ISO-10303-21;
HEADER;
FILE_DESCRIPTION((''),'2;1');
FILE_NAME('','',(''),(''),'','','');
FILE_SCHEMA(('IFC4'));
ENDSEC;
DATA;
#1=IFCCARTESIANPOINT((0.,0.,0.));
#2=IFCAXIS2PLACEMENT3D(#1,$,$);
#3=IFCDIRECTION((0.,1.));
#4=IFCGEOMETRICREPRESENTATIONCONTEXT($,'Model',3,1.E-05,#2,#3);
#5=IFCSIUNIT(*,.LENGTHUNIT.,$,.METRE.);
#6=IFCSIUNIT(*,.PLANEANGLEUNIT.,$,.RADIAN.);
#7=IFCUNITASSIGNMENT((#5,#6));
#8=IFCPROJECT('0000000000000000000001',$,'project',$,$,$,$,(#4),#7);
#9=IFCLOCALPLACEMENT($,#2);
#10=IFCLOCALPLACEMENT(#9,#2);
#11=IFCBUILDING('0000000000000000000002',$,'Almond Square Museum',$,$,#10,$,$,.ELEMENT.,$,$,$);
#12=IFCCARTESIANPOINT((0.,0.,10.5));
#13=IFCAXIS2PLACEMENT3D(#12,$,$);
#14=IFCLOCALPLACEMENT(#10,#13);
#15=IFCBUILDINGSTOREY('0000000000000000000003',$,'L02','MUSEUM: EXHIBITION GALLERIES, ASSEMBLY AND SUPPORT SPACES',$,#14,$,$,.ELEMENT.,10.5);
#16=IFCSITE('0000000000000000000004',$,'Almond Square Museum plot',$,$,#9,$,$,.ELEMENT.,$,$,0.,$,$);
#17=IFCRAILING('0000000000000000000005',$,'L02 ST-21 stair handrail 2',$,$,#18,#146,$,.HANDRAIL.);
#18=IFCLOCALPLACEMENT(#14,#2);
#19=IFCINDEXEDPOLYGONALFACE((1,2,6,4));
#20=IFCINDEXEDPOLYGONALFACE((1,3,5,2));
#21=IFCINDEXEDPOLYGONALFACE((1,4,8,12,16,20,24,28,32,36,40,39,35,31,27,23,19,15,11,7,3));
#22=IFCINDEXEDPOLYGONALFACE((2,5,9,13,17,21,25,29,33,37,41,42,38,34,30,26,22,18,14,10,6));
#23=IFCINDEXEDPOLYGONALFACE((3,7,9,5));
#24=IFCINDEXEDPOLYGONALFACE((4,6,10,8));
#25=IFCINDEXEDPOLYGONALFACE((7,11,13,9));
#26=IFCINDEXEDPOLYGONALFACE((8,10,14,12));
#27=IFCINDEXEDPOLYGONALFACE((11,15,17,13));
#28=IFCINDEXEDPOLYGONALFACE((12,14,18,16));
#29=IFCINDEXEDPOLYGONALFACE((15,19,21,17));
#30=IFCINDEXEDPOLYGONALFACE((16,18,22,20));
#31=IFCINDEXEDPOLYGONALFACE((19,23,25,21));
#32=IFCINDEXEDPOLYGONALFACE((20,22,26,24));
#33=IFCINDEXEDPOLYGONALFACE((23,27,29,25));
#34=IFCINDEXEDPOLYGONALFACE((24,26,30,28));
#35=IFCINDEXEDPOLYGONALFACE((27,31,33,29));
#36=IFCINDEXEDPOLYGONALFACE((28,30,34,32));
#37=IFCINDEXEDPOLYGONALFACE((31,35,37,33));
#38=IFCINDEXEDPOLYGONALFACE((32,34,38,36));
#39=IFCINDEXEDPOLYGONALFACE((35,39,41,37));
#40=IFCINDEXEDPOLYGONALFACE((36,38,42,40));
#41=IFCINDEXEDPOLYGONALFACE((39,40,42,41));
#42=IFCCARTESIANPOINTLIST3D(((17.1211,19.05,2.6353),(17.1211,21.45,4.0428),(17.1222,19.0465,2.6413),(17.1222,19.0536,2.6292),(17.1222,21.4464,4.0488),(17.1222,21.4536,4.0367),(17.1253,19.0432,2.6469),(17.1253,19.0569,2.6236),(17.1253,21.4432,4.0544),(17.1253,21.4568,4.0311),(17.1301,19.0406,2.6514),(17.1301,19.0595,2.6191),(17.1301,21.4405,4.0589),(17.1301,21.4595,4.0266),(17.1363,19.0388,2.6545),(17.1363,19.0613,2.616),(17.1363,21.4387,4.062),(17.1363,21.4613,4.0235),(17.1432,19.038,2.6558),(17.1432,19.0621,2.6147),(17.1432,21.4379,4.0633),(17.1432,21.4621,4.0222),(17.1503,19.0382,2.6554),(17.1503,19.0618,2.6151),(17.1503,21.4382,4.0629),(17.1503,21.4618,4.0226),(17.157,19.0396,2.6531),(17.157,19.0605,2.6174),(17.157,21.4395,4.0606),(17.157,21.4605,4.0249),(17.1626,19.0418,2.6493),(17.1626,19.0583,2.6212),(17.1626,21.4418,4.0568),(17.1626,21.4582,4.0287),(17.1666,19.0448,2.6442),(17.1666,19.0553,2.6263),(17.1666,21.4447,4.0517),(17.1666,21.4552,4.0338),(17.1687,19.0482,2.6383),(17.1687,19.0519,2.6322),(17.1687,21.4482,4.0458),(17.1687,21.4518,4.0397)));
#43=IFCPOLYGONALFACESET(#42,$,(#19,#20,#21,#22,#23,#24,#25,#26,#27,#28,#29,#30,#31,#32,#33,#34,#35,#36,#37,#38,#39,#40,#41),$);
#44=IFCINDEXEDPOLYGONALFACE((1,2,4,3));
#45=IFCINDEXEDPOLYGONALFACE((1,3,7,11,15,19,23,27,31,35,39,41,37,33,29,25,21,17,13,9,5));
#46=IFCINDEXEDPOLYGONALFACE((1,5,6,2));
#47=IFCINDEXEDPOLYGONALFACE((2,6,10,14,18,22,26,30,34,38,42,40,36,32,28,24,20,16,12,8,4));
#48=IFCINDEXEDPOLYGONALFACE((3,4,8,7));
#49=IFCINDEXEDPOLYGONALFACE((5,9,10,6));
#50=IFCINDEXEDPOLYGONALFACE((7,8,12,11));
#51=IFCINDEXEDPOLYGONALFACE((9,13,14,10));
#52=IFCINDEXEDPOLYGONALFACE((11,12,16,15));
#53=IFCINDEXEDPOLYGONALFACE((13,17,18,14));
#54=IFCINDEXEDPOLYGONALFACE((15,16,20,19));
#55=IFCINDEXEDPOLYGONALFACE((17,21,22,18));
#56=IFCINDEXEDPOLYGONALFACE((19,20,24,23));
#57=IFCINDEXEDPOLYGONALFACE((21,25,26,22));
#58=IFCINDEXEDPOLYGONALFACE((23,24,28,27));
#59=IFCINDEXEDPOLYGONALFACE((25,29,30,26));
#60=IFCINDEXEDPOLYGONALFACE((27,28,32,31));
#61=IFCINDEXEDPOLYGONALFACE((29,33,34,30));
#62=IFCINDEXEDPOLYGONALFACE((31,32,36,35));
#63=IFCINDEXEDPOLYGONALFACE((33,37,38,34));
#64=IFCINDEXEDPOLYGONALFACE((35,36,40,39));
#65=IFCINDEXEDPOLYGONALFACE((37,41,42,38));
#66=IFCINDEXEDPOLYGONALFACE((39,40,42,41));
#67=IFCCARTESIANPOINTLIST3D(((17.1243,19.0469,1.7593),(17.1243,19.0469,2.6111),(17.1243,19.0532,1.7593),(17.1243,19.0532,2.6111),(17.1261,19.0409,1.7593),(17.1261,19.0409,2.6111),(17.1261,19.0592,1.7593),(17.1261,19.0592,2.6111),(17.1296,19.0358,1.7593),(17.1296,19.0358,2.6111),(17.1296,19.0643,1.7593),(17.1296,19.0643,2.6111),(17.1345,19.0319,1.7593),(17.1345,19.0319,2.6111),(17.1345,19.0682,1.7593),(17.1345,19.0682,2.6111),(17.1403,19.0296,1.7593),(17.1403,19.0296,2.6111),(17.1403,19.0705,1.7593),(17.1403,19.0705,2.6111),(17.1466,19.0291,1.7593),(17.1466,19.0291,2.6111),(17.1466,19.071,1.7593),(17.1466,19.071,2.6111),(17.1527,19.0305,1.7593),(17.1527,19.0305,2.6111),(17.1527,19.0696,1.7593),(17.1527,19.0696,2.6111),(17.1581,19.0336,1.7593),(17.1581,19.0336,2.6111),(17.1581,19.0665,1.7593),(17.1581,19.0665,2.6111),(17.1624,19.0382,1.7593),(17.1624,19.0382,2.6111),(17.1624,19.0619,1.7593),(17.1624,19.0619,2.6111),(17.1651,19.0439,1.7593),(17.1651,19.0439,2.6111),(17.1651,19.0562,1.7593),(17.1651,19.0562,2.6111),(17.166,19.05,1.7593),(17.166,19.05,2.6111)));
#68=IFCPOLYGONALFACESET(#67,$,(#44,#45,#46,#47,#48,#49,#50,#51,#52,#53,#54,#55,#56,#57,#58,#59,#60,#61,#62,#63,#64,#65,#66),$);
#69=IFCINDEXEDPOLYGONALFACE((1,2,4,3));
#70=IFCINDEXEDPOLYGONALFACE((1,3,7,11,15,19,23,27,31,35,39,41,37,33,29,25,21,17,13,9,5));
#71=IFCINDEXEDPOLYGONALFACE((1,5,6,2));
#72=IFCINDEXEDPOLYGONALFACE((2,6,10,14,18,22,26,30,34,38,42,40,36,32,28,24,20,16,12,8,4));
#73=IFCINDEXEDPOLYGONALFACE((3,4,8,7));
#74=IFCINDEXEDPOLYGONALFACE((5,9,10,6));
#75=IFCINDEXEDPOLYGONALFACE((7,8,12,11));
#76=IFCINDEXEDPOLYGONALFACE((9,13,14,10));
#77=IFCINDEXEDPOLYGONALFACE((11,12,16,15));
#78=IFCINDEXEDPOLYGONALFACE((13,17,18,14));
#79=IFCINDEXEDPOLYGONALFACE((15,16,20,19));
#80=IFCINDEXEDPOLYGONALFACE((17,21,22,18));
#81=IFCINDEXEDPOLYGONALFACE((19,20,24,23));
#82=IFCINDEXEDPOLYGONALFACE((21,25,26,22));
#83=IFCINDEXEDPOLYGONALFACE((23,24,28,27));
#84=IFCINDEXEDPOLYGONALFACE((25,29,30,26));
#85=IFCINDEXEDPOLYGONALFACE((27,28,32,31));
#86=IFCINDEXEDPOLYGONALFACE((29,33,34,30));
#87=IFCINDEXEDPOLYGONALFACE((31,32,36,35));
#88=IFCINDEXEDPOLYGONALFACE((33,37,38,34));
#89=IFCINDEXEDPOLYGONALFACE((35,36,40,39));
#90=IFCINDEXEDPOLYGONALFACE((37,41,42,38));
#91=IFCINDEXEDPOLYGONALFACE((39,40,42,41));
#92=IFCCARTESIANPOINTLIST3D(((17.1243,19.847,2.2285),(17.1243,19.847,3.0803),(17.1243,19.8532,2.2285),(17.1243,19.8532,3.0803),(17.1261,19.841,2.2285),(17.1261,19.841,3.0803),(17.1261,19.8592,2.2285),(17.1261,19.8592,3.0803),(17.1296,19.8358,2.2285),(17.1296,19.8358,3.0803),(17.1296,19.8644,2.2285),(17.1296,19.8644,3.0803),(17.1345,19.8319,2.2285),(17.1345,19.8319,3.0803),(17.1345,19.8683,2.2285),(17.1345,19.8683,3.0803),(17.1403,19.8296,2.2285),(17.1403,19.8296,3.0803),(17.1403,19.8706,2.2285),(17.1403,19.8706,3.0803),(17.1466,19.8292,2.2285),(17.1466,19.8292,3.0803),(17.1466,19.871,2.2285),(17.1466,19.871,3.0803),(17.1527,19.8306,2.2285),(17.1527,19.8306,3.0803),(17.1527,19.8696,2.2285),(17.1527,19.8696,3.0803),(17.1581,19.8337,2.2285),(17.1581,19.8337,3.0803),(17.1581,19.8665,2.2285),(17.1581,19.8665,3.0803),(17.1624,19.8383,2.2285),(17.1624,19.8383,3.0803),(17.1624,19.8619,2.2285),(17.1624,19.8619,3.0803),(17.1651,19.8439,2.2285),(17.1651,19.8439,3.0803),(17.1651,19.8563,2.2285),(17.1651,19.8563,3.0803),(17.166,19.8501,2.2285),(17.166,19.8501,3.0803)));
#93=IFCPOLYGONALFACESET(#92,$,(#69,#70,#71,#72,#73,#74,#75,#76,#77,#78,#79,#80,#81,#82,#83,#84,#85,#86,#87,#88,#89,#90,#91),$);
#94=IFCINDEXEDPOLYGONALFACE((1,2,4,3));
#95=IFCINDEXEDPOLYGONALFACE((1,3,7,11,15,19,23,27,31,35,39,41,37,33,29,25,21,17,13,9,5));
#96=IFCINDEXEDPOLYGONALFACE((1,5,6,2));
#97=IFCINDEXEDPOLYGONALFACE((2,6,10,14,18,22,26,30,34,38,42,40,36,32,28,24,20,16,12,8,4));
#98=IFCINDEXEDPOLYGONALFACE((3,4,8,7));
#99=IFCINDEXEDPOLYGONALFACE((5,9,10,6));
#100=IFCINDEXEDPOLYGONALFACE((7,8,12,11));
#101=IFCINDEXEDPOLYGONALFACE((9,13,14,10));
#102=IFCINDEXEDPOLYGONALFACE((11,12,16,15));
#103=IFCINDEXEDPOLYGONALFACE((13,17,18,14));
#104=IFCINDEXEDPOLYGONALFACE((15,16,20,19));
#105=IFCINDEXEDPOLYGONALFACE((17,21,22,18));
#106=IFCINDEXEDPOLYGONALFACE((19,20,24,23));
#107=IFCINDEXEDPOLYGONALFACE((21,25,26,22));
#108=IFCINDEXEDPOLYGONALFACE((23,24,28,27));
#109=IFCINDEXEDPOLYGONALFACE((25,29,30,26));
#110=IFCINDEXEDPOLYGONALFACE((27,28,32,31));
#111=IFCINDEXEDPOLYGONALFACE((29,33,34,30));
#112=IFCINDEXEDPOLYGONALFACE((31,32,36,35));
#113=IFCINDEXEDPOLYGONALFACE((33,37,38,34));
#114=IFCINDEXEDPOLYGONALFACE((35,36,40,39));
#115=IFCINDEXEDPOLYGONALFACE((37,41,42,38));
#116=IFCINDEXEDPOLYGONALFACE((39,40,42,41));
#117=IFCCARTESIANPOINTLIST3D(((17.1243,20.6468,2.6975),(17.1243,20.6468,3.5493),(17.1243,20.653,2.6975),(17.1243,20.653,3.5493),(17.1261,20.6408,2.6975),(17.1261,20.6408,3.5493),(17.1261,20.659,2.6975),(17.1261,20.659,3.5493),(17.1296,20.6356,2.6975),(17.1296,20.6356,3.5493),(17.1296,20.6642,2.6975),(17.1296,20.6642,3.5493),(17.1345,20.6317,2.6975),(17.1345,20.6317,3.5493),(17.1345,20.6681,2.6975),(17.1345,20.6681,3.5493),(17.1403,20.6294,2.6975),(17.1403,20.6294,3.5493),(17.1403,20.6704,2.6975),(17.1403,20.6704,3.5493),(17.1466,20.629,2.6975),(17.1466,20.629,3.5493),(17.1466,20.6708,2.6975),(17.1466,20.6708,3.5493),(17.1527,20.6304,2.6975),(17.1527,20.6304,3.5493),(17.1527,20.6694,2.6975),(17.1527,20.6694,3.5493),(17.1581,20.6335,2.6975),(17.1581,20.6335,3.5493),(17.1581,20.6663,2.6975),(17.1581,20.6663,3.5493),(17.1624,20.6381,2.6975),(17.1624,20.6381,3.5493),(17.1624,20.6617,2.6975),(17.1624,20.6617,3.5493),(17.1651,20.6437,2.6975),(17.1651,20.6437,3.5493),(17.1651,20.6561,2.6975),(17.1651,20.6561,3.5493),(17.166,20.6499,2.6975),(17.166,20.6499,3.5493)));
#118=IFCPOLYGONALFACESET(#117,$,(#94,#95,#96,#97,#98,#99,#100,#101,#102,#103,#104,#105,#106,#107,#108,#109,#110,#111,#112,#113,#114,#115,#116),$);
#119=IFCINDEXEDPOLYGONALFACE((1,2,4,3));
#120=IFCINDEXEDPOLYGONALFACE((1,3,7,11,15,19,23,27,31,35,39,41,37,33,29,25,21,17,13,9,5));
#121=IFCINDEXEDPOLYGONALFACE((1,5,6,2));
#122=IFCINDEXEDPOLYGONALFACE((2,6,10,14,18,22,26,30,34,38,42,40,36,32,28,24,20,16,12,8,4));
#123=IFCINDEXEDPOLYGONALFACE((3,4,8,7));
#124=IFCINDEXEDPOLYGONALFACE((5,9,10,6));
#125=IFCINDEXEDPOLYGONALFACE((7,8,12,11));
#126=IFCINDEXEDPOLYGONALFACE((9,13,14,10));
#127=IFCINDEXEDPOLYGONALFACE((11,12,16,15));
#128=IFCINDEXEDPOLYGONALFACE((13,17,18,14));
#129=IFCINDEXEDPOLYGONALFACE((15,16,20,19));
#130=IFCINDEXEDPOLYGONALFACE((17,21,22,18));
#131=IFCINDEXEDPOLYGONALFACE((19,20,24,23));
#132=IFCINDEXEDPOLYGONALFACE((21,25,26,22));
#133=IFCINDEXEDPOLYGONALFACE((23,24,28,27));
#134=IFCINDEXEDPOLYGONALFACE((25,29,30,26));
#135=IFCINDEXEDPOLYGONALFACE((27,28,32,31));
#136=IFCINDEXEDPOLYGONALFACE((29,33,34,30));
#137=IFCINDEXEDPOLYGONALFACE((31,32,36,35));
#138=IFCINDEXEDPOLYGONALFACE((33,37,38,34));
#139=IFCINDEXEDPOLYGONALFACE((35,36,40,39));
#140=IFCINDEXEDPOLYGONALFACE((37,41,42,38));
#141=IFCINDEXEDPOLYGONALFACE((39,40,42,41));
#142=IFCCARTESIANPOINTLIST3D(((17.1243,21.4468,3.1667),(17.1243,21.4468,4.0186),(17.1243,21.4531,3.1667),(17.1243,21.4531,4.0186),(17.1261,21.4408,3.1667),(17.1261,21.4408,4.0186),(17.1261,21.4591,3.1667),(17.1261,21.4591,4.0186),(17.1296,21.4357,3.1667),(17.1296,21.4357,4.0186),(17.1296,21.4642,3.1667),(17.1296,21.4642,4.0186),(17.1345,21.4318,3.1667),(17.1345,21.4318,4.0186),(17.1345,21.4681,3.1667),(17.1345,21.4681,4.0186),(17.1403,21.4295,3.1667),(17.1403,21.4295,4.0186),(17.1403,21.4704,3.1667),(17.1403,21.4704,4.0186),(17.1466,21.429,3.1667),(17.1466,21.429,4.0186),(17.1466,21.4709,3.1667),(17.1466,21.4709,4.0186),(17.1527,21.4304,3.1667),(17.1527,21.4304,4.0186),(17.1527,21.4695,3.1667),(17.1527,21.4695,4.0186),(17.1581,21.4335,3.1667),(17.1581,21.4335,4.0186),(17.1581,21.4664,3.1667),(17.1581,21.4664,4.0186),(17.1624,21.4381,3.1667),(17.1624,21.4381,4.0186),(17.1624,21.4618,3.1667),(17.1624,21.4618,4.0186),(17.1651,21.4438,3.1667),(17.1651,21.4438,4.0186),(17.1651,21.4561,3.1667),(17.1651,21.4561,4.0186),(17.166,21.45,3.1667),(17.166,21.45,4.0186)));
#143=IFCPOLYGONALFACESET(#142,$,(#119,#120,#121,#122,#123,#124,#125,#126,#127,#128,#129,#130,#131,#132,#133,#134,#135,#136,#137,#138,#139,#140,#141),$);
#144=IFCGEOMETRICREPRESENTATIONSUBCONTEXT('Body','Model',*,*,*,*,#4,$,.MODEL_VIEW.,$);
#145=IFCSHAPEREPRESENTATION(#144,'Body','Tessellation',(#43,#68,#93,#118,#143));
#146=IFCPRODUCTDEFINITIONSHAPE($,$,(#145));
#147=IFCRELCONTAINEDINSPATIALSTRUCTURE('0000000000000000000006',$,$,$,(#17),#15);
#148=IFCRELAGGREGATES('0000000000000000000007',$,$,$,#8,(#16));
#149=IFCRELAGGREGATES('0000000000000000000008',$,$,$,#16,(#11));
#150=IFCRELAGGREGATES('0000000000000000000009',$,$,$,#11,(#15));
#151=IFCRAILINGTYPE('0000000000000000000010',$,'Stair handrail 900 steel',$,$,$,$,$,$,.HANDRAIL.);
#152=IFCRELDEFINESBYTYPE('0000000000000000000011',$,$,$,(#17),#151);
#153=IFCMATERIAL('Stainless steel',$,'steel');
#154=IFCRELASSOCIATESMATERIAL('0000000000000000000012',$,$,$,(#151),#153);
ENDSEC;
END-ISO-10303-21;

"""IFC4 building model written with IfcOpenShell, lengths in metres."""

from ifc_helpers import new_model, si_unit, direction, frame, origin, origin_2d, place, context, subcontext, project, spatial, circle, extrude, material, type_object, element, save


model = new_model("IFC4")

# Units and contexts
model_context = context("Model", 3, precision=1e-05, world=origin(), true_north=direction((0.0, 1.0)))
body_context = subcontext(model_context, "Body", "Model", "MODEL_VIEW")
ifc_project = project(units=[si_unit("LENGTHUNIT", "METRE"), si_unit("PLANEANGLEUNIT", "RADIAN")], contexts=[model_context])

# Site, building, storey
site_placement = place(None, origin())
site = spatial("IfcSite", under=ifc_project, at=site_placement, Name="Almond Square Museum plot", CompositionType="ELEMENT", RefElevation=0.0)
building_placement = place(site_placement, origin())
building = spatial("IfcBuilding", under=site, at=building_placement, Name="Almond Square Museum", CompositionType="ELEMENT")
storey_placement = place(building_placement, frame((0.0, 0.0, 10.5)))
storey = spatial("IfcBuildingStorey", under=building, at=storey_placement, Name="L02", Description="MUSEUM: EXHIBITION GALLERIES, ASSEMBLY AND SUPPORT SPACES", CompositionType="ELEMENT", Elevation=10.5)

# Railing
ifc_material_1 = material(Name="Stainless steel", Category="steel")
railing_type_1 = type_object("IfcRailingType", Name="Stair handrail 900 steel", PredefinedType="HANDRAIL", material=ifc_material_1)
railing_1_placement = place(storey_placement, frame((17.145, 19.05, 1.7593)))
element("IfcRailing", 1, at=railing_1_placement, inside=storey, type_object=railing_type_1, Name="L02 ST-21 stair handrail 2", PredefinedType="HANDRAIL", context=body_context, shape_type="SweptSolid", body=[
    extrude(circle(Radius=0.0239, at=origin_2d()), frame((0.0, 0.0, 0.876), z_axis=(0.0, 0.862599, 0.505888), x_axis=(-1.0, 0.0, 0.0)), (0.0, 0.0, 1.0), 2.7822),
    extrude(circle(Radius=0.021, at=origin_2d()), origin(), (0.0, 0.0, 1.0), 0.8518),
    extrude(circle(Radius=0.021, at=origin_2d()), frame((0.0, 0.8, 0.4692)), (0.0, 0.0, 1.0), 0.8518),
    extrude(circle(Radius=0.021, at=origin_2d()), frame((0.0, 1.5999, 0.9382)), (0.0, 0.0, 1.0), 0.8518),
    extrude(circle(Radius=0.021, at=origin_2d()), frame((0.0, 2.3999, 1.4075)), (0.0, 0.0, 1.0), 0.8518),
])

save(model, "model.ifc")
